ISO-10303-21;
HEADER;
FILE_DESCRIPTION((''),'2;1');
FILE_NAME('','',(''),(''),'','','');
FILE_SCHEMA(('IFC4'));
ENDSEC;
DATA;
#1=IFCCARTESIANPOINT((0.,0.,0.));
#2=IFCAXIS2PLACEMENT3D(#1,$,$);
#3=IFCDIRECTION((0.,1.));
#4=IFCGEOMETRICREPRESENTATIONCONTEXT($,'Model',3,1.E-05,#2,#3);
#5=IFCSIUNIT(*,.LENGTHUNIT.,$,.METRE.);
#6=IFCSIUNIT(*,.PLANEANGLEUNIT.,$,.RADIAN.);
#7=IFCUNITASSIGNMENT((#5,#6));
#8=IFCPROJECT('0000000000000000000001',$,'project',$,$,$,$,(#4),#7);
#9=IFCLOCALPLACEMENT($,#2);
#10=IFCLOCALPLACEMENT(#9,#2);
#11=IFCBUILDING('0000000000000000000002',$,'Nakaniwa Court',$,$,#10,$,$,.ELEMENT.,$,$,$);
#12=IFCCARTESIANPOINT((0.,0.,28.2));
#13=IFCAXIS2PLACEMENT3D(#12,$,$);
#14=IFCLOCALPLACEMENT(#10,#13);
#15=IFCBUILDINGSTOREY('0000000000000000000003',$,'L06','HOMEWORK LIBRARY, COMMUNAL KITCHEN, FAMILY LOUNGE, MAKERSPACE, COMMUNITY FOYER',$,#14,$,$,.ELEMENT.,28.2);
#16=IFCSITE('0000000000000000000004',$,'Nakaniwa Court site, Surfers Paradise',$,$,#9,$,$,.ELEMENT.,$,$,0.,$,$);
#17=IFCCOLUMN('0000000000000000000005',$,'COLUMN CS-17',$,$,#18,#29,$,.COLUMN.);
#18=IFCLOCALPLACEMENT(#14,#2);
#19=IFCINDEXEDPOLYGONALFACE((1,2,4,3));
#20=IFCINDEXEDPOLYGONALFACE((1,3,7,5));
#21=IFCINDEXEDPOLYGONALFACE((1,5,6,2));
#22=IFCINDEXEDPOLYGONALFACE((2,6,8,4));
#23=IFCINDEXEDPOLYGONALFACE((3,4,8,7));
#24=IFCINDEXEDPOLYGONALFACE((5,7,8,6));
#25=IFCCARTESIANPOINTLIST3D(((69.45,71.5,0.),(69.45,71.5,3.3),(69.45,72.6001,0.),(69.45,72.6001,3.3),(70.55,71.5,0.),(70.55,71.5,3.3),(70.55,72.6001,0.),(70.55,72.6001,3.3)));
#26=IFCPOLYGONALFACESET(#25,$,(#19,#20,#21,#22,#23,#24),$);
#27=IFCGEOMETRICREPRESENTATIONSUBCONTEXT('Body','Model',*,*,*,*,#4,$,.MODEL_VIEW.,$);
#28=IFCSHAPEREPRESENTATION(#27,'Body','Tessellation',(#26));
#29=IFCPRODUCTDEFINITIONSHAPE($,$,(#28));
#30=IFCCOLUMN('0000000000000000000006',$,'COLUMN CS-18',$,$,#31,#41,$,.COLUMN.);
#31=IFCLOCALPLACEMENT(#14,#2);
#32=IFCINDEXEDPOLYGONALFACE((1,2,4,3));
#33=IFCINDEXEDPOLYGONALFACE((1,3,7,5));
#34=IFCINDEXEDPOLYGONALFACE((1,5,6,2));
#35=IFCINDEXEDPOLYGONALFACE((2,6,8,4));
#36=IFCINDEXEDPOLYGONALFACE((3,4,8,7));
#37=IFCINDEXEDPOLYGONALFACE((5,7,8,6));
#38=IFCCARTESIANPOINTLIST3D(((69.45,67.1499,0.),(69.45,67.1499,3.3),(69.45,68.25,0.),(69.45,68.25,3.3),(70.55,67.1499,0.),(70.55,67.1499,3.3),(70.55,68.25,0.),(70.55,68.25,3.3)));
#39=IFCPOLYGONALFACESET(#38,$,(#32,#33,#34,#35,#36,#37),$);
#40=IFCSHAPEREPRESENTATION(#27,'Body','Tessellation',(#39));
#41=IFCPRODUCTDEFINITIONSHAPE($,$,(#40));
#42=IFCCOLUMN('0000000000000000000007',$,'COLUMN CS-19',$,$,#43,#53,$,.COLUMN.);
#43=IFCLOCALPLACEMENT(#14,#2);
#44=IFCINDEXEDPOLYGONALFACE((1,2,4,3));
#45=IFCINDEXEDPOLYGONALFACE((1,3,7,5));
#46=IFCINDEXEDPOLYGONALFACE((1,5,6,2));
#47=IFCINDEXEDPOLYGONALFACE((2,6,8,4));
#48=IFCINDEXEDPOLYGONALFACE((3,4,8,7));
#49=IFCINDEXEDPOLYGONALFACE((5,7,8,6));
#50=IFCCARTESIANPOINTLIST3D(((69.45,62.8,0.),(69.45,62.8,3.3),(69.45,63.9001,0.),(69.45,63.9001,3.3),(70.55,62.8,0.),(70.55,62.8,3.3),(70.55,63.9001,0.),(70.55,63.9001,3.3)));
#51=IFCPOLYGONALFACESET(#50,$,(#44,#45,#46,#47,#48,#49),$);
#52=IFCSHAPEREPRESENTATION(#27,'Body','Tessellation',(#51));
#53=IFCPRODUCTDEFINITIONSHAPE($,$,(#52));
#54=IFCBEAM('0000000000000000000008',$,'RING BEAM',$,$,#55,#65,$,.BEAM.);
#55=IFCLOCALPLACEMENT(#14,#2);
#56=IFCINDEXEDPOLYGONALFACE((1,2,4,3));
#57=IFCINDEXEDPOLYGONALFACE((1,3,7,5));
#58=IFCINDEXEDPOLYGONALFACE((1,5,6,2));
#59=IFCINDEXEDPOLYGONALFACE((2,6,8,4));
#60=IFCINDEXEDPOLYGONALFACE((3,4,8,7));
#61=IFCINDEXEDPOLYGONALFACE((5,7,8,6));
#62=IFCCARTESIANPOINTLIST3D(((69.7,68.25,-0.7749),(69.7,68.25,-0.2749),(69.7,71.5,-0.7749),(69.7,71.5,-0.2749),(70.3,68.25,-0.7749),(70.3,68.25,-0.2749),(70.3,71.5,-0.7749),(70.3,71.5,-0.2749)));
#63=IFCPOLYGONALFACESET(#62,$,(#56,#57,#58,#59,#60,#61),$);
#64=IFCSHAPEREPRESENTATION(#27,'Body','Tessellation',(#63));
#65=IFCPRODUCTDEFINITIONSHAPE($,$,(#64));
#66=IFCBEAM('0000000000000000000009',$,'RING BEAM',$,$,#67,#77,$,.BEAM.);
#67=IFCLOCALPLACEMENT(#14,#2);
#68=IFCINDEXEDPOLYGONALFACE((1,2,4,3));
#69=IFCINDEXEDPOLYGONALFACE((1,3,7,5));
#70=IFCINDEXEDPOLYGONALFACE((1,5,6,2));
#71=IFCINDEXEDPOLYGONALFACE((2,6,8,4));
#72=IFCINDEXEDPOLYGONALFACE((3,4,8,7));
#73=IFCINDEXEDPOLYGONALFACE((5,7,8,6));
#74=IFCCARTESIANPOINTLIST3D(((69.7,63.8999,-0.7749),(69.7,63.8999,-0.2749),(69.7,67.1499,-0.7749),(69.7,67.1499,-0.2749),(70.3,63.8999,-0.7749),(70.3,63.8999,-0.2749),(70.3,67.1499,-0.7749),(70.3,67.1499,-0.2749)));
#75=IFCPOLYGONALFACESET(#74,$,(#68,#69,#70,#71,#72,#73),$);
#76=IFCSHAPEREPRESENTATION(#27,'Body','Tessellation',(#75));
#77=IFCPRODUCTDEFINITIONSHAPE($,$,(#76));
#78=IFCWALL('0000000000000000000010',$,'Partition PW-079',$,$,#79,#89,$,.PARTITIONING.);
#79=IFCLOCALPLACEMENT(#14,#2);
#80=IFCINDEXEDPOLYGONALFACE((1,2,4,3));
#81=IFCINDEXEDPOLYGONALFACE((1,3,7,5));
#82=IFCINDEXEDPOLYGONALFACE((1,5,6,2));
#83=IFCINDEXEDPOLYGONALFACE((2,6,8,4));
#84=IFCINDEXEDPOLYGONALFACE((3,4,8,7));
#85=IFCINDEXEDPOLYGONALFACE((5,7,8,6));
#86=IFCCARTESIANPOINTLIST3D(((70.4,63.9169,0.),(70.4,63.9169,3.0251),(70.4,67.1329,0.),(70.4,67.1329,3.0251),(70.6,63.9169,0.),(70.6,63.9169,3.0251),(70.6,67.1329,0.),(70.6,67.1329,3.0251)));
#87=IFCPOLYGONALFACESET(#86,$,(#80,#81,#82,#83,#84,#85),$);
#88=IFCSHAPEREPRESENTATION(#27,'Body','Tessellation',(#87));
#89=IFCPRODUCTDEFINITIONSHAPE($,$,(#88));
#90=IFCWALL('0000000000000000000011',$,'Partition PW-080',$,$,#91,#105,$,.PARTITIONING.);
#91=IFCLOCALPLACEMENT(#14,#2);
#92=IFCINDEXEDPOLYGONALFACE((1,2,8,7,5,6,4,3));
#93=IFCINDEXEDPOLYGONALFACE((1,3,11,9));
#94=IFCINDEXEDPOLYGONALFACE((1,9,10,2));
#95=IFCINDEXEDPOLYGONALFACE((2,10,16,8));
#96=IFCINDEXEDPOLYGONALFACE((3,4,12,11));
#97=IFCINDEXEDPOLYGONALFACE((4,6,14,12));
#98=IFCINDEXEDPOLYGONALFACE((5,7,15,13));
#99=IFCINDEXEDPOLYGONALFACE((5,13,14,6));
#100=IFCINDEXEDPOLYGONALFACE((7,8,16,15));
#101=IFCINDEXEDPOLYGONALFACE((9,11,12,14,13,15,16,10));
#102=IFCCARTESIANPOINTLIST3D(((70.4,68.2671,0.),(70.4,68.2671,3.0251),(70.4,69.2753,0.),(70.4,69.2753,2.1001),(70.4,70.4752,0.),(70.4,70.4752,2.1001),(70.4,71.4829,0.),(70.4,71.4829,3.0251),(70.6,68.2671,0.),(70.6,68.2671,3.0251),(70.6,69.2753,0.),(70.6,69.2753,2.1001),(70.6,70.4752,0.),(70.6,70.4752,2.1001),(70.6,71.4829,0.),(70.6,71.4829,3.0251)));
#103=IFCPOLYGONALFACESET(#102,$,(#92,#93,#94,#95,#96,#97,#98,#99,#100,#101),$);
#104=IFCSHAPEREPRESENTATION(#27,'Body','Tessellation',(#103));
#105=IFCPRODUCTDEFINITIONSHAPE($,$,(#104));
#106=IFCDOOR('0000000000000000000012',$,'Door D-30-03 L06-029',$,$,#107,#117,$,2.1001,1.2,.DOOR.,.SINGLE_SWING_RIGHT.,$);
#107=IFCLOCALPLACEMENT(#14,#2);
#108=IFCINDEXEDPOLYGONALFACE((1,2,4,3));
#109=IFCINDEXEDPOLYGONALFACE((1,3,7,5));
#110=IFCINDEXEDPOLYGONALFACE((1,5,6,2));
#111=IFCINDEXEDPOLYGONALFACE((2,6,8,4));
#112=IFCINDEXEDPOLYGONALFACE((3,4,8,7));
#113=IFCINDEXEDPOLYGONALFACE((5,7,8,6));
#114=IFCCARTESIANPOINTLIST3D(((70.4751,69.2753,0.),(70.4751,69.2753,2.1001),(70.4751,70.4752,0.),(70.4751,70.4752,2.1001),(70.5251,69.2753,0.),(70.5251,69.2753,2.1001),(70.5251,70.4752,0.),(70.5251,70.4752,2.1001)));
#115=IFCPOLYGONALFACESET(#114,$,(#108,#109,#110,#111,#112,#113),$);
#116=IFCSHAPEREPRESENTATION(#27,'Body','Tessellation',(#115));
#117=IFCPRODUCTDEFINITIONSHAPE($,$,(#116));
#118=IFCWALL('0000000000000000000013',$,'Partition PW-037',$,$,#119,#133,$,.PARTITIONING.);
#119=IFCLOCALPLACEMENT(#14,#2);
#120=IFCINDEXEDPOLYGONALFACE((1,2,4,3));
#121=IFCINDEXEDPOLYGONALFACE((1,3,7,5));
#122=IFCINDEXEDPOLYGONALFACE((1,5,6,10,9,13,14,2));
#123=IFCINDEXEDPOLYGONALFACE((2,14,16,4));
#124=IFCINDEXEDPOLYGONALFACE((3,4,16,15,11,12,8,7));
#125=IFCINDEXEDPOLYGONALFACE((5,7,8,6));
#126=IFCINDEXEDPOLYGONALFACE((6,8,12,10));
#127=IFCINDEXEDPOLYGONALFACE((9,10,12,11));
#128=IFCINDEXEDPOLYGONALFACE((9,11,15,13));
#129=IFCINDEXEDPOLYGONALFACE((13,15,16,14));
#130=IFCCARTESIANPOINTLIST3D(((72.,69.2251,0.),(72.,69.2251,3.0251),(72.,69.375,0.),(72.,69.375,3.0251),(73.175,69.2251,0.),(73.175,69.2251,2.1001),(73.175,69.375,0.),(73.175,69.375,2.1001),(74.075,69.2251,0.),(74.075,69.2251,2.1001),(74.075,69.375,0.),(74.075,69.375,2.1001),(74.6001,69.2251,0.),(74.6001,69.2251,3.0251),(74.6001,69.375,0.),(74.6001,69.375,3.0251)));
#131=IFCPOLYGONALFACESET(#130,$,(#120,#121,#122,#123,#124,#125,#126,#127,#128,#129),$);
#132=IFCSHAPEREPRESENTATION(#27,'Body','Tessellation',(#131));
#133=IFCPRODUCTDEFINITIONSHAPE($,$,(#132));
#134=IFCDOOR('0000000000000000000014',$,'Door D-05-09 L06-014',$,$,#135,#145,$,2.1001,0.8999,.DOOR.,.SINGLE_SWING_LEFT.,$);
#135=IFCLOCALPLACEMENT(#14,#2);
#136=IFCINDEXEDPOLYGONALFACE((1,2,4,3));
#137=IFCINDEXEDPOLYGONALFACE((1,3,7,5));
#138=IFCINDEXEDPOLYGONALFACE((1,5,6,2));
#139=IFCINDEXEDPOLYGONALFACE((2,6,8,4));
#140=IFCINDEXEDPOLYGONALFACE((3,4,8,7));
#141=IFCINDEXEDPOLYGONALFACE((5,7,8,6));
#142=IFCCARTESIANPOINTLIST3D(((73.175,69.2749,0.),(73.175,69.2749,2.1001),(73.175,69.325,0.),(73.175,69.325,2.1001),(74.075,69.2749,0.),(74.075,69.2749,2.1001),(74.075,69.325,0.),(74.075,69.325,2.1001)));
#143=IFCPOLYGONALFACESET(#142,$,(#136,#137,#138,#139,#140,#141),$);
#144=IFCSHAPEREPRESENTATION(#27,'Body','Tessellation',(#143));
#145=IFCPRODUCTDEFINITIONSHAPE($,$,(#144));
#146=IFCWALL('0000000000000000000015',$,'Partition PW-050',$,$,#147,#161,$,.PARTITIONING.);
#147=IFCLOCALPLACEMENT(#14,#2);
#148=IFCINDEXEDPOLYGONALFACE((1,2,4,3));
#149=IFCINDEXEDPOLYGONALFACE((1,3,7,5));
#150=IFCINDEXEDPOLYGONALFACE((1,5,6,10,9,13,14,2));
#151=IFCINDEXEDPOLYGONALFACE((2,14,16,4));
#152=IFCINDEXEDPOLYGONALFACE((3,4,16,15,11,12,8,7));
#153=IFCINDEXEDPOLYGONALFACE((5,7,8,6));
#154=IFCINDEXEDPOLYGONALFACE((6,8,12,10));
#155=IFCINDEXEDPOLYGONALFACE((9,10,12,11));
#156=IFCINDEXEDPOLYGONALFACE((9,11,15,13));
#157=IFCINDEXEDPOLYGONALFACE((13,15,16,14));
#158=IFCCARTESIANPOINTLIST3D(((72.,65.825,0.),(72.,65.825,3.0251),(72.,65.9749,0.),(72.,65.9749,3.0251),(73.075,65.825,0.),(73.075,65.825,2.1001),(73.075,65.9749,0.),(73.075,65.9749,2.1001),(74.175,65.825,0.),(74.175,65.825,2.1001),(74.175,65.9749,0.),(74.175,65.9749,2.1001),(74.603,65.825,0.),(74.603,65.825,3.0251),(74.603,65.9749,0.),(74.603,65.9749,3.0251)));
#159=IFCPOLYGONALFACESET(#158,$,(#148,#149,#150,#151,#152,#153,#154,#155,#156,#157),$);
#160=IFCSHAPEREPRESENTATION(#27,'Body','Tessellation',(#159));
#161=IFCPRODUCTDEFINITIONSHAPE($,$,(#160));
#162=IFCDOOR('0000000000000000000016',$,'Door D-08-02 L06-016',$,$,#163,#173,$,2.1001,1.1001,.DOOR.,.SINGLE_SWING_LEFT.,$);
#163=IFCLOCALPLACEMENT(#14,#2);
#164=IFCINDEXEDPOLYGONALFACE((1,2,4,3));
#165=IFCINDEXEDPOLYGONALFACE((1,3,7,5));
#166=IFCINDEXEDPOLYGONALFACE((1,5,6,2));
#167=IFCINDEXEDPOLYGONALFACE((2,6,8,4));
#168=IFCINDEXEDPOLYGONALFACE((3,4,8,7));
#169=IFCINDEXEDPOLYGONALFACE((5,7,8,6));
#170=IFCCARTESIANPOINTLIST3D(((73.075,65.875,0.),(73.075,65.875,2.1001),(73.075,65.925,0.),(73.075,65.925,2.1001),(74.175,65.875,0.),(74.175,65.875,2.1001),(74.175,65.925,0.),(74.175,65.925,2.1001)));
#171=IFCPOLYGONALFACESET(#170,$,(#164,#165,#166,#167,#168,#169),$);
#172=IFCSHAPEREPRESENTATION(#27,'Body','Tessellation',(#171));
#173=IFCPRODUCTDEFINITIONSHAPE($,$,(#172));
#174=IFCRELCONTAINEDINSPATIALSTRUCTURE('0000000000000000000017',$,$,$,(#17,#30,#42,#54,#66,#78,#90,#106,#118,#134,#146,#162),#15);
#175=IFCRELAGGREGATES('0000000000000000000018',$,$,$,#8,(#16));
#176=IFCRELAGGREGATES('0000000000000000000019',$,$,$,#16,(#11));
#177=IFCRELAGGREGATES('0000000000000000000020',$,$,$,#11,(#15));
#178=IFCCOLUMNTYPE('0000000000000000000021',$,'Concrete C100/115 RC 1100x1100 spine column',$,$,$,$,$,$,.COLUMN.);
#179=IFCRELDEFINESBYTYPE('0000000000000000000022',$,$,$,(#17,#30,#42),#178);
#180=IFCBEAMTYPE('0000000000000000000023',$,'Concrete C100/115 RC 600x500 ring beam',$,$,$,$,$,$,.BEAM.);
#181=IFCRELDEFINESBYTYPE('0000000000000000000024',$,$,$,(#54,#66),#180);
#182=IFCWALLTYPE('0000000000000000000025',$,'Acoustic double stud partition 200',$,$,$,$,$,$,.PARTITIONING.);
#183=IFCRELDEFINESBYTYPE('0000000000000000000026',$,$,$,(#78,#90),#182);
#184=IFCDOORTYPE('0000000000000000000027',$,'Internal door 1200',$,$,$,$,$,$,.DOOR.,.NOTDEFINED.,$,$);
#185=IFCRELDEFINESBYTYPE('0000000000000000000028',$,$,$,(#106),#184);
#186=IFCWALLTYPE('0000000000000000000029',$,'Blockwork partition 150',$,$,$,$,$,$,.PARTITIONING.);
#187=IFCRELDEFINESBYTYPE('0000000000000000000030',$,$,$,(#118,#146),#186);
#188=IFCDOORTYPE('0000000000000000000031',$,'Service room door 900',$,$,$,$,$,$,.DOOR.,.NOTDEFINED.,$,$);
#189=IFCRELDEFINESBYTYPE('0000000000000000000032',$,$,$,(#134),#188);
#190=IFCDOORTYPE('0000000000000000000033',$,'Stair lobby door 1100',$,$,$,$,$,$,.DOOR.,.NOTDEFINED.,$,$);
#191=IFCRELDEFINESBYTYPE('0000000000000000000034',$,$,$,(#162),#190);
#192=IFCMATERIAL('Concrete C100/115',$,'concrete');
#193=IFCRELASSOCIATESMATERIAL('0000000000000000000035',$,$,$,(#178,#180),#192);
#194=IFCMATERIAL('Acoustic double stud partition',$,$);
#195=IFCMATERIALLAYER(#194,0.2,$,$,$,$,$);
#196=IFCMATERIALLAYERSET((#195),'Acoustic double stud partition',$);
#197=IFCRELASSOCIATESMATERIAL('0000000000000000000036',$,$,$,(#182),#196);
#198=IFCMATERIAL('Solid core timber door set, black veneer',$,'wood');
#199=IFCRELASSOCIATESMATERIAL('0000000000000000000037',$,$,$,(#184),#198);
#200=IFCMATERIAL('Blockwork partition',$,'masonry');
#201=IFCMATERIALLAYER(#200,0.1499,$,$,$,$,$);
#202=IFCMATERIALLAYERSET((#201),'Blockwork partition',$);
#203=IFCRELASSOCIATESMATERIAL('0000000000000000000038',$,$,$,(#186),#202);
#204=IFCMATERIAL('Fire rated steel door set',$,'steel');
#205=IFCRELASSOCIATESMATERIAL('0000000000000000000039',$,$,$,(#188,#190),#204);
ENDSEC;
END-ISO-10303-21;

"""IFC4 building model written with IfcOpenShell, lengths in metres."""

from ifc_helpers import new_model, si_unit, direction, frame, frame_2d, origin, origin_2d, place, context, subcontext, project, spatial, rectangle, extrude, material, layer, layer_set, material_profile, profile_set, type_object, element, fill, save


model = new_model("IFC4")

# Units and contexts
model_context = context("Model", 3, precision=1e-05, world=origin(), true_north=direction((0.0, 1.0)))
body_context = subcontext(model_context, "Body", "Model", "MODEL_VIEW")
ifc_project = project(units=[si_unit("LENGTHUNIT", "METRE"), si_unit("PLANEANGLEUNIT", "RADIAN")], contexts=[model_context])

# Site, building, storey
site_placement = place(None, origin())
site = spatial("IfcSite", under=ifc_project, at=site_placement, Name="Nakaniwa Court site, Surfers Paradise", CompositionType="ELEMENT", RefElevation=0.0)
building_placement = place(site_placement, origin())
building = spatial("IfcBuilding", under=site, at=building_placement, Name="Nakaniwa Court", CompositionType="ELEMENT")
storey_placement = place(building_placement, frame((0.0, 0.0, 28.2)))
storey = spatial("IfcBuildingStorey", under=building, at=storey_placement, Name="L06", Description="HOMEWORK LIBRARY, COMMUNAL KITCHEN, FAMILY LOUNGE, MAKERSPACE, COMMUNITY FOYER", CompositionType="ELEMENT", Elevation=28.2)

# Columns
ifc_material_1 = material(Name="Concrete C100/115", Category="concrete")
ifc_material_profile_1 = material_profile(ifc_material_1, rectangle(XDim=1.1001, YDim=1.1001, at=origin_2d()), Name="Concrete C100/115 RC 1100x1100 spine column")
ifc_profile_set_1 = profile_set([ifc_material_profile_1], Name="Concrete C100/115")
column_type = type_object("IfcColumnType", Name="Concrete C100/115 RC 1100x1100 spine column", PredefinedType="COLUMN", material=ifc_profile_set_1)
for number, where, z_axis, x_axis, name in (
    (1, (70.0, 72.05, 0.0), (0.0, 0.0, 1.0), (0.0, -1.0, 0.0), "COLUMN CS-17"),
    (2, (70.0, 67.7, 0.0), (0.0, 0.0, 1.0), (0.0, -1.0, 0.0), "COLUMN CS-18"),
    (3, (70.0, 63.3501, 0.0), (0.0, 0.0, 1.0), (0.0, -1.0, 0.0), "COLUMN CS-19"),
):
    element("IfcColumn", number, at=place(storey_placement, frame(where, z_axis=z_axis, x_axis=x_axis)), inside=storey, type_object=column_type, Name=name, PredefinedType="COLUMN", context=body_context, shape_type="SweptSolid", body=[
        extrude(rectangle(XDim=1.1001, YDim=1.1001, at=origin_2d()), origin(), (0.0, 0.0, 1.0), 3.3),
    ])

# Beams
ifc_material_profile_2 = material_profile(ifc_material_1, rectangle(XDim=0.6001, YDim=0.5, at=origin_2d()), Name="Concrete C100/115 RC 600x500 ring beam")
ifc_profile_set_2 = profile_set([ifc_material_profile_2], Name="Concrete C100/115")
beam_type = type_object("IfcBeamType", Name="Concrete C100/115 RC 600x500 ring beam", PredefinedType="BEAM", material=ifc_profile_set_2)
for number, where, z_axis, x_axis, name in (
    (4, (70.0, 71.5, -0.5249), (0.0, -1.0, 0.0), (1.0, 0.0, 0.0), "RING BEAM"),
    (5, (70.0, 67.1499, -0.5249), (0.0, -1.0, 0.0), (1.0, 0.0, 0.0), "RING BEAM"),
):
    element("IfcBeam", number, at=place(storey_placement, frame(where, z_axis=z_axis, x_axis=x_axis)), inside=storey, type_object=beam_type, Name=name, PredefinedType="BEAM", context=body_context, shape_type="SweptSolid", body=[
        extrude(rectangle(XDim=0.6001, YDim=0.5, at=origin_2d()), origin(), (0.0, 0.0, 1.0), 3.25),
    ])

# Wall
ifc_material_2 = material(Name="Acoustic double stud partition")
ifc_layer_1 = layer(ifc_material_2, 0.2)
ifc_layer_set_1 = layer_set([ifc_layer_1], Name="Acoustic double stud partition")
wall_type_1 = type_object("IfcWallType", Name="Acoustic double stud partition 200", PredefinedType="PARTITIONING", material=ifc_layer_set_1)
wall_1_placement = place(storey_placement, frame((70.5, 63.917, 0.0), z_axis=(0.0, 0.0, 1.0), x_axis=(0.0, 1.0, 0.0)))
element("IfcWall", 6, at=wall_1_placement, inside=storey, type_object=wall_type_1, Name="Partition PW-079", PredefinedType="PARTITIONING", context=body_context, shape_type="SweptSolid", body=[
    extrude(rectangle(XDim=3.2161, YDim=0.2, at=frame_2d((1.6079, 0.0))), origin(), (0.0, 0.0, 1.0), 3.0251),
])

# Walls, openings, doors
wall_2_placement = place(storey_placement, frame((70.5, 68.2671, 0.0), z_axis=(0.0, 0.0, 1.0), x_axis=(0.0, 1.0, 0.0)))
wall_2 = element("IfcWall", 7, at=wall_2_placement, inside=storey, type_object=wall_type_1, Name="Partition PW-080", PredefinedType="PARTITIONING", context=body_context, shape_type="SweptSolid", body=[
    extrude(rectangle(XDim=3.2158, YDim=0.2, at=frame_2d((1.6079, 0.0))), origin(), (0.0, 0.0, 1.0), 3.0251),
])
opening_1_placement = place(wall_2_placement, frame((1.0081, 0.0, 0.0)))
opening_1 = element("IfcOpeningElement", 8, at=opening_1_placement, cuts=wall_2, PredefinedType="OPENING", context=body_context, shape_type="SweptSolid", body=[
    extrude(rectangle(XDim=1.2, YDim=2.1001, at=frame_2d((0.6001, 1.05))), frame((0.0, 0.1099, 0.0), z_axis=(0.0, -1.0, 0.0), x_axis=(1.0, 0.0, 0.0)), (0.0, 0.0, 1.0), 0.22),
])
ifc_material_3 = material(Name="Solid core timber door set, black veneer", Category="wood")
door_type_1 = type_object("IfcDoorType", Name="Internal door 1200", OperationType="NOTDEFINED", PredefinedType="DOOR", material=ifc_material_3)
door_1_placement = place(opening_1_placement, origin())
door_1 = element("IfcDoor", 9, at=door_1_placement, inside=storey, type_object=door_type_1, Name="Door D-30-03 L06-029", OperationType="SINGLE_SWING_RIGHT", OverallHeight=2.1001, OverallWidth=1.2, PredefinedType="DOOR", context=body_context, shape_type="SweptSolid", body=[
    extrude(rectangle(XDim=1.2, YDim=2.1001, at=frame_2d((0.6001, 1.05))), frame((0.0, 0.0249, 0.0), z_axis=(0.0, -1.0, 0.0), x_axis=(1.0, 0.0, 0.0)), (0.0, 0.0, 1.0), 0.05),
])
fill(opening_1, door_1)
ifc_material_4 = material(Name="Blockwork partition", Category="masonry")
ifc_layer_2 = layer(ifc_material_4, 0.1499)
ifc_layer_set_2 = layer_set([ifc_layer_2], Name="Blockwork partition")
wall_type_2 = type_object("IfcWallType", Name="Blockwork partition 150", PredefinedType="PARTITIONING", material=ifc_layer_set_2)
wall_3_placement = place(storey_placement, frame((72.0, 69.3, 0.0), z_axis=(0.0, 0.0, 1.0), x_axis=(1.0, 0.0, 0.0)))
wall_3 = element("IfcWall", 10, at=wall_3_placement, inside=storey, type_object=wall_type_2, Name="Partition PW-037", PredefinedType="PARTITIONING", context=body_context, shape_type="SweptSolid", body=[
    extrude(rectangle(XDim=2.6001, YDim=0.1499, at=frame_2d((1.3, 0.0))), origin(), (0.0, 0.0, 1.0), 3.0251),
])
opening_2_placement = place(wall_3_placement, frame((1.175, 0.0, 0.0)))
opening_2 = element("IfcOpeningElement", 11, at=opening_2_placement, cuts=wall_3, PredefinedType="OPENING", context=body_context, shape_type="SweptSolid", body=[
    extrude(rectangle(XDim=0.8999, YDim=2.1001, at=frame_2d((0.45, 1.05))), frame((0.0, 0.085, 0.0), z_axis=(0.0, -1.0, 0.0), x_axis=(1.0, 0.0, 0.0)), (0.0, 0.0, 1.0), 0.1699),
])
ifc_material_5 = material(Name="Fire rated steel door set", Category="steel")
door_type_2 = type_object("IfcDoorType", Name="Service room door 900", OperationType="NOTDEFINED", PredefinedType="DOOR", material=ifc_material_5)
door_2_placement = place(opening_2_placement, origin())
door_2 = element("IfcDoor", 12, at=door_2_placement, inside=storey, type_object=door_type_2, Name="Door D-05-09 L06-014", OperationType="SINGLE_SWING_LEFT", OverallHeight=2.1001, OverallWidth=0.8999, PredefinedType="DOOR", context=body_context, shape_type="SweptSolid", body=[
    extrude(rectangle(XDim=0.8999, YDim=2.1001, at=frame_2d((0.45, 1.05))), frame((0.0, 0.0249, 0.0), z_axis=(0.0, -1.0, 0.0), x_axis=(1.0, 0.0, 0.0)), (0.0, 0.0, 1.0), 0.05),
])
fill(opening_2, door_2)
wall_4_placement = place(storey_placement, frame((74.603, 65.8999, 0.0), z_axis=(0.0, 0.0, 1.0), x_axis=(-1.0, 0.0, 0.0)))
wall_4 = element("IfcWall", 13, at=wall_4_placement, inside=storey, type_object=wall_type_2, Name="Partition PW-050", PredefinedType="PARTITIONING", context=body_context, shape_type="SweptSolid", body=[
    extrude(rectangle(XDim=2.603, YDim=0.1499, at=frame_2d((1.3015, 0.0))), origin(), (0.0, 0.0, 1.0), 3.0251),
])
opening_3_placement = place(wall_4_placement, frame((0.428, 0.0, 0.0)))
opening_3 = element("IfcOpeningElement", 14, at=opening_3_placement, cuts=wall_4, PredefinedType="OPENING", context=body_context, shape_type="SweptSolid", body=[
    extrude(rectangle(XDim=1.1001, YDim=2.1001, at=frame_2d((0.55, 1.05))), frame((0.0, 0.085, 0.0), z_axis=(0.0, -1.0, 0.0), x_axis=(1.0, 0.0, 0.0)), (0.0, 0.0, 1.0), 0.1699),
])
door_type_3 = type_object("IfcDoorType", Name="Stair lobby door 1100", OperationType="NOTDEFINED", PredefinedType="DOOR", material=ifc_material_5)
door_3_placement = place(opening_3_placement, origin())
door_3 = element("IfcDoor", 15, at=door_3_placement, inside=storey, type_object=door_type_3, Name="Door D-08-02 L06-016", OperationType="SINGLE_SWING_LEFT", OverallHeight=2.1001, OverallWidth=1.1001, PredefinedType="DOOR", context=body_context, shape_type="SweptSolid", body=[
    extrude(rectangle(XDim=1.1001, YDim=2.1001, at=frame_2d((0.55, 1.05))), frame((0.0, 0.0249, 0.0), z_axis=(0.0, -1.0, 0.0), x_axis=(1.0, 0.0, 0.0)), (0.0, 0.0, 1.0), 0.05),
])
fill(opening_3, door_3)

save(model, "model.ifc")
